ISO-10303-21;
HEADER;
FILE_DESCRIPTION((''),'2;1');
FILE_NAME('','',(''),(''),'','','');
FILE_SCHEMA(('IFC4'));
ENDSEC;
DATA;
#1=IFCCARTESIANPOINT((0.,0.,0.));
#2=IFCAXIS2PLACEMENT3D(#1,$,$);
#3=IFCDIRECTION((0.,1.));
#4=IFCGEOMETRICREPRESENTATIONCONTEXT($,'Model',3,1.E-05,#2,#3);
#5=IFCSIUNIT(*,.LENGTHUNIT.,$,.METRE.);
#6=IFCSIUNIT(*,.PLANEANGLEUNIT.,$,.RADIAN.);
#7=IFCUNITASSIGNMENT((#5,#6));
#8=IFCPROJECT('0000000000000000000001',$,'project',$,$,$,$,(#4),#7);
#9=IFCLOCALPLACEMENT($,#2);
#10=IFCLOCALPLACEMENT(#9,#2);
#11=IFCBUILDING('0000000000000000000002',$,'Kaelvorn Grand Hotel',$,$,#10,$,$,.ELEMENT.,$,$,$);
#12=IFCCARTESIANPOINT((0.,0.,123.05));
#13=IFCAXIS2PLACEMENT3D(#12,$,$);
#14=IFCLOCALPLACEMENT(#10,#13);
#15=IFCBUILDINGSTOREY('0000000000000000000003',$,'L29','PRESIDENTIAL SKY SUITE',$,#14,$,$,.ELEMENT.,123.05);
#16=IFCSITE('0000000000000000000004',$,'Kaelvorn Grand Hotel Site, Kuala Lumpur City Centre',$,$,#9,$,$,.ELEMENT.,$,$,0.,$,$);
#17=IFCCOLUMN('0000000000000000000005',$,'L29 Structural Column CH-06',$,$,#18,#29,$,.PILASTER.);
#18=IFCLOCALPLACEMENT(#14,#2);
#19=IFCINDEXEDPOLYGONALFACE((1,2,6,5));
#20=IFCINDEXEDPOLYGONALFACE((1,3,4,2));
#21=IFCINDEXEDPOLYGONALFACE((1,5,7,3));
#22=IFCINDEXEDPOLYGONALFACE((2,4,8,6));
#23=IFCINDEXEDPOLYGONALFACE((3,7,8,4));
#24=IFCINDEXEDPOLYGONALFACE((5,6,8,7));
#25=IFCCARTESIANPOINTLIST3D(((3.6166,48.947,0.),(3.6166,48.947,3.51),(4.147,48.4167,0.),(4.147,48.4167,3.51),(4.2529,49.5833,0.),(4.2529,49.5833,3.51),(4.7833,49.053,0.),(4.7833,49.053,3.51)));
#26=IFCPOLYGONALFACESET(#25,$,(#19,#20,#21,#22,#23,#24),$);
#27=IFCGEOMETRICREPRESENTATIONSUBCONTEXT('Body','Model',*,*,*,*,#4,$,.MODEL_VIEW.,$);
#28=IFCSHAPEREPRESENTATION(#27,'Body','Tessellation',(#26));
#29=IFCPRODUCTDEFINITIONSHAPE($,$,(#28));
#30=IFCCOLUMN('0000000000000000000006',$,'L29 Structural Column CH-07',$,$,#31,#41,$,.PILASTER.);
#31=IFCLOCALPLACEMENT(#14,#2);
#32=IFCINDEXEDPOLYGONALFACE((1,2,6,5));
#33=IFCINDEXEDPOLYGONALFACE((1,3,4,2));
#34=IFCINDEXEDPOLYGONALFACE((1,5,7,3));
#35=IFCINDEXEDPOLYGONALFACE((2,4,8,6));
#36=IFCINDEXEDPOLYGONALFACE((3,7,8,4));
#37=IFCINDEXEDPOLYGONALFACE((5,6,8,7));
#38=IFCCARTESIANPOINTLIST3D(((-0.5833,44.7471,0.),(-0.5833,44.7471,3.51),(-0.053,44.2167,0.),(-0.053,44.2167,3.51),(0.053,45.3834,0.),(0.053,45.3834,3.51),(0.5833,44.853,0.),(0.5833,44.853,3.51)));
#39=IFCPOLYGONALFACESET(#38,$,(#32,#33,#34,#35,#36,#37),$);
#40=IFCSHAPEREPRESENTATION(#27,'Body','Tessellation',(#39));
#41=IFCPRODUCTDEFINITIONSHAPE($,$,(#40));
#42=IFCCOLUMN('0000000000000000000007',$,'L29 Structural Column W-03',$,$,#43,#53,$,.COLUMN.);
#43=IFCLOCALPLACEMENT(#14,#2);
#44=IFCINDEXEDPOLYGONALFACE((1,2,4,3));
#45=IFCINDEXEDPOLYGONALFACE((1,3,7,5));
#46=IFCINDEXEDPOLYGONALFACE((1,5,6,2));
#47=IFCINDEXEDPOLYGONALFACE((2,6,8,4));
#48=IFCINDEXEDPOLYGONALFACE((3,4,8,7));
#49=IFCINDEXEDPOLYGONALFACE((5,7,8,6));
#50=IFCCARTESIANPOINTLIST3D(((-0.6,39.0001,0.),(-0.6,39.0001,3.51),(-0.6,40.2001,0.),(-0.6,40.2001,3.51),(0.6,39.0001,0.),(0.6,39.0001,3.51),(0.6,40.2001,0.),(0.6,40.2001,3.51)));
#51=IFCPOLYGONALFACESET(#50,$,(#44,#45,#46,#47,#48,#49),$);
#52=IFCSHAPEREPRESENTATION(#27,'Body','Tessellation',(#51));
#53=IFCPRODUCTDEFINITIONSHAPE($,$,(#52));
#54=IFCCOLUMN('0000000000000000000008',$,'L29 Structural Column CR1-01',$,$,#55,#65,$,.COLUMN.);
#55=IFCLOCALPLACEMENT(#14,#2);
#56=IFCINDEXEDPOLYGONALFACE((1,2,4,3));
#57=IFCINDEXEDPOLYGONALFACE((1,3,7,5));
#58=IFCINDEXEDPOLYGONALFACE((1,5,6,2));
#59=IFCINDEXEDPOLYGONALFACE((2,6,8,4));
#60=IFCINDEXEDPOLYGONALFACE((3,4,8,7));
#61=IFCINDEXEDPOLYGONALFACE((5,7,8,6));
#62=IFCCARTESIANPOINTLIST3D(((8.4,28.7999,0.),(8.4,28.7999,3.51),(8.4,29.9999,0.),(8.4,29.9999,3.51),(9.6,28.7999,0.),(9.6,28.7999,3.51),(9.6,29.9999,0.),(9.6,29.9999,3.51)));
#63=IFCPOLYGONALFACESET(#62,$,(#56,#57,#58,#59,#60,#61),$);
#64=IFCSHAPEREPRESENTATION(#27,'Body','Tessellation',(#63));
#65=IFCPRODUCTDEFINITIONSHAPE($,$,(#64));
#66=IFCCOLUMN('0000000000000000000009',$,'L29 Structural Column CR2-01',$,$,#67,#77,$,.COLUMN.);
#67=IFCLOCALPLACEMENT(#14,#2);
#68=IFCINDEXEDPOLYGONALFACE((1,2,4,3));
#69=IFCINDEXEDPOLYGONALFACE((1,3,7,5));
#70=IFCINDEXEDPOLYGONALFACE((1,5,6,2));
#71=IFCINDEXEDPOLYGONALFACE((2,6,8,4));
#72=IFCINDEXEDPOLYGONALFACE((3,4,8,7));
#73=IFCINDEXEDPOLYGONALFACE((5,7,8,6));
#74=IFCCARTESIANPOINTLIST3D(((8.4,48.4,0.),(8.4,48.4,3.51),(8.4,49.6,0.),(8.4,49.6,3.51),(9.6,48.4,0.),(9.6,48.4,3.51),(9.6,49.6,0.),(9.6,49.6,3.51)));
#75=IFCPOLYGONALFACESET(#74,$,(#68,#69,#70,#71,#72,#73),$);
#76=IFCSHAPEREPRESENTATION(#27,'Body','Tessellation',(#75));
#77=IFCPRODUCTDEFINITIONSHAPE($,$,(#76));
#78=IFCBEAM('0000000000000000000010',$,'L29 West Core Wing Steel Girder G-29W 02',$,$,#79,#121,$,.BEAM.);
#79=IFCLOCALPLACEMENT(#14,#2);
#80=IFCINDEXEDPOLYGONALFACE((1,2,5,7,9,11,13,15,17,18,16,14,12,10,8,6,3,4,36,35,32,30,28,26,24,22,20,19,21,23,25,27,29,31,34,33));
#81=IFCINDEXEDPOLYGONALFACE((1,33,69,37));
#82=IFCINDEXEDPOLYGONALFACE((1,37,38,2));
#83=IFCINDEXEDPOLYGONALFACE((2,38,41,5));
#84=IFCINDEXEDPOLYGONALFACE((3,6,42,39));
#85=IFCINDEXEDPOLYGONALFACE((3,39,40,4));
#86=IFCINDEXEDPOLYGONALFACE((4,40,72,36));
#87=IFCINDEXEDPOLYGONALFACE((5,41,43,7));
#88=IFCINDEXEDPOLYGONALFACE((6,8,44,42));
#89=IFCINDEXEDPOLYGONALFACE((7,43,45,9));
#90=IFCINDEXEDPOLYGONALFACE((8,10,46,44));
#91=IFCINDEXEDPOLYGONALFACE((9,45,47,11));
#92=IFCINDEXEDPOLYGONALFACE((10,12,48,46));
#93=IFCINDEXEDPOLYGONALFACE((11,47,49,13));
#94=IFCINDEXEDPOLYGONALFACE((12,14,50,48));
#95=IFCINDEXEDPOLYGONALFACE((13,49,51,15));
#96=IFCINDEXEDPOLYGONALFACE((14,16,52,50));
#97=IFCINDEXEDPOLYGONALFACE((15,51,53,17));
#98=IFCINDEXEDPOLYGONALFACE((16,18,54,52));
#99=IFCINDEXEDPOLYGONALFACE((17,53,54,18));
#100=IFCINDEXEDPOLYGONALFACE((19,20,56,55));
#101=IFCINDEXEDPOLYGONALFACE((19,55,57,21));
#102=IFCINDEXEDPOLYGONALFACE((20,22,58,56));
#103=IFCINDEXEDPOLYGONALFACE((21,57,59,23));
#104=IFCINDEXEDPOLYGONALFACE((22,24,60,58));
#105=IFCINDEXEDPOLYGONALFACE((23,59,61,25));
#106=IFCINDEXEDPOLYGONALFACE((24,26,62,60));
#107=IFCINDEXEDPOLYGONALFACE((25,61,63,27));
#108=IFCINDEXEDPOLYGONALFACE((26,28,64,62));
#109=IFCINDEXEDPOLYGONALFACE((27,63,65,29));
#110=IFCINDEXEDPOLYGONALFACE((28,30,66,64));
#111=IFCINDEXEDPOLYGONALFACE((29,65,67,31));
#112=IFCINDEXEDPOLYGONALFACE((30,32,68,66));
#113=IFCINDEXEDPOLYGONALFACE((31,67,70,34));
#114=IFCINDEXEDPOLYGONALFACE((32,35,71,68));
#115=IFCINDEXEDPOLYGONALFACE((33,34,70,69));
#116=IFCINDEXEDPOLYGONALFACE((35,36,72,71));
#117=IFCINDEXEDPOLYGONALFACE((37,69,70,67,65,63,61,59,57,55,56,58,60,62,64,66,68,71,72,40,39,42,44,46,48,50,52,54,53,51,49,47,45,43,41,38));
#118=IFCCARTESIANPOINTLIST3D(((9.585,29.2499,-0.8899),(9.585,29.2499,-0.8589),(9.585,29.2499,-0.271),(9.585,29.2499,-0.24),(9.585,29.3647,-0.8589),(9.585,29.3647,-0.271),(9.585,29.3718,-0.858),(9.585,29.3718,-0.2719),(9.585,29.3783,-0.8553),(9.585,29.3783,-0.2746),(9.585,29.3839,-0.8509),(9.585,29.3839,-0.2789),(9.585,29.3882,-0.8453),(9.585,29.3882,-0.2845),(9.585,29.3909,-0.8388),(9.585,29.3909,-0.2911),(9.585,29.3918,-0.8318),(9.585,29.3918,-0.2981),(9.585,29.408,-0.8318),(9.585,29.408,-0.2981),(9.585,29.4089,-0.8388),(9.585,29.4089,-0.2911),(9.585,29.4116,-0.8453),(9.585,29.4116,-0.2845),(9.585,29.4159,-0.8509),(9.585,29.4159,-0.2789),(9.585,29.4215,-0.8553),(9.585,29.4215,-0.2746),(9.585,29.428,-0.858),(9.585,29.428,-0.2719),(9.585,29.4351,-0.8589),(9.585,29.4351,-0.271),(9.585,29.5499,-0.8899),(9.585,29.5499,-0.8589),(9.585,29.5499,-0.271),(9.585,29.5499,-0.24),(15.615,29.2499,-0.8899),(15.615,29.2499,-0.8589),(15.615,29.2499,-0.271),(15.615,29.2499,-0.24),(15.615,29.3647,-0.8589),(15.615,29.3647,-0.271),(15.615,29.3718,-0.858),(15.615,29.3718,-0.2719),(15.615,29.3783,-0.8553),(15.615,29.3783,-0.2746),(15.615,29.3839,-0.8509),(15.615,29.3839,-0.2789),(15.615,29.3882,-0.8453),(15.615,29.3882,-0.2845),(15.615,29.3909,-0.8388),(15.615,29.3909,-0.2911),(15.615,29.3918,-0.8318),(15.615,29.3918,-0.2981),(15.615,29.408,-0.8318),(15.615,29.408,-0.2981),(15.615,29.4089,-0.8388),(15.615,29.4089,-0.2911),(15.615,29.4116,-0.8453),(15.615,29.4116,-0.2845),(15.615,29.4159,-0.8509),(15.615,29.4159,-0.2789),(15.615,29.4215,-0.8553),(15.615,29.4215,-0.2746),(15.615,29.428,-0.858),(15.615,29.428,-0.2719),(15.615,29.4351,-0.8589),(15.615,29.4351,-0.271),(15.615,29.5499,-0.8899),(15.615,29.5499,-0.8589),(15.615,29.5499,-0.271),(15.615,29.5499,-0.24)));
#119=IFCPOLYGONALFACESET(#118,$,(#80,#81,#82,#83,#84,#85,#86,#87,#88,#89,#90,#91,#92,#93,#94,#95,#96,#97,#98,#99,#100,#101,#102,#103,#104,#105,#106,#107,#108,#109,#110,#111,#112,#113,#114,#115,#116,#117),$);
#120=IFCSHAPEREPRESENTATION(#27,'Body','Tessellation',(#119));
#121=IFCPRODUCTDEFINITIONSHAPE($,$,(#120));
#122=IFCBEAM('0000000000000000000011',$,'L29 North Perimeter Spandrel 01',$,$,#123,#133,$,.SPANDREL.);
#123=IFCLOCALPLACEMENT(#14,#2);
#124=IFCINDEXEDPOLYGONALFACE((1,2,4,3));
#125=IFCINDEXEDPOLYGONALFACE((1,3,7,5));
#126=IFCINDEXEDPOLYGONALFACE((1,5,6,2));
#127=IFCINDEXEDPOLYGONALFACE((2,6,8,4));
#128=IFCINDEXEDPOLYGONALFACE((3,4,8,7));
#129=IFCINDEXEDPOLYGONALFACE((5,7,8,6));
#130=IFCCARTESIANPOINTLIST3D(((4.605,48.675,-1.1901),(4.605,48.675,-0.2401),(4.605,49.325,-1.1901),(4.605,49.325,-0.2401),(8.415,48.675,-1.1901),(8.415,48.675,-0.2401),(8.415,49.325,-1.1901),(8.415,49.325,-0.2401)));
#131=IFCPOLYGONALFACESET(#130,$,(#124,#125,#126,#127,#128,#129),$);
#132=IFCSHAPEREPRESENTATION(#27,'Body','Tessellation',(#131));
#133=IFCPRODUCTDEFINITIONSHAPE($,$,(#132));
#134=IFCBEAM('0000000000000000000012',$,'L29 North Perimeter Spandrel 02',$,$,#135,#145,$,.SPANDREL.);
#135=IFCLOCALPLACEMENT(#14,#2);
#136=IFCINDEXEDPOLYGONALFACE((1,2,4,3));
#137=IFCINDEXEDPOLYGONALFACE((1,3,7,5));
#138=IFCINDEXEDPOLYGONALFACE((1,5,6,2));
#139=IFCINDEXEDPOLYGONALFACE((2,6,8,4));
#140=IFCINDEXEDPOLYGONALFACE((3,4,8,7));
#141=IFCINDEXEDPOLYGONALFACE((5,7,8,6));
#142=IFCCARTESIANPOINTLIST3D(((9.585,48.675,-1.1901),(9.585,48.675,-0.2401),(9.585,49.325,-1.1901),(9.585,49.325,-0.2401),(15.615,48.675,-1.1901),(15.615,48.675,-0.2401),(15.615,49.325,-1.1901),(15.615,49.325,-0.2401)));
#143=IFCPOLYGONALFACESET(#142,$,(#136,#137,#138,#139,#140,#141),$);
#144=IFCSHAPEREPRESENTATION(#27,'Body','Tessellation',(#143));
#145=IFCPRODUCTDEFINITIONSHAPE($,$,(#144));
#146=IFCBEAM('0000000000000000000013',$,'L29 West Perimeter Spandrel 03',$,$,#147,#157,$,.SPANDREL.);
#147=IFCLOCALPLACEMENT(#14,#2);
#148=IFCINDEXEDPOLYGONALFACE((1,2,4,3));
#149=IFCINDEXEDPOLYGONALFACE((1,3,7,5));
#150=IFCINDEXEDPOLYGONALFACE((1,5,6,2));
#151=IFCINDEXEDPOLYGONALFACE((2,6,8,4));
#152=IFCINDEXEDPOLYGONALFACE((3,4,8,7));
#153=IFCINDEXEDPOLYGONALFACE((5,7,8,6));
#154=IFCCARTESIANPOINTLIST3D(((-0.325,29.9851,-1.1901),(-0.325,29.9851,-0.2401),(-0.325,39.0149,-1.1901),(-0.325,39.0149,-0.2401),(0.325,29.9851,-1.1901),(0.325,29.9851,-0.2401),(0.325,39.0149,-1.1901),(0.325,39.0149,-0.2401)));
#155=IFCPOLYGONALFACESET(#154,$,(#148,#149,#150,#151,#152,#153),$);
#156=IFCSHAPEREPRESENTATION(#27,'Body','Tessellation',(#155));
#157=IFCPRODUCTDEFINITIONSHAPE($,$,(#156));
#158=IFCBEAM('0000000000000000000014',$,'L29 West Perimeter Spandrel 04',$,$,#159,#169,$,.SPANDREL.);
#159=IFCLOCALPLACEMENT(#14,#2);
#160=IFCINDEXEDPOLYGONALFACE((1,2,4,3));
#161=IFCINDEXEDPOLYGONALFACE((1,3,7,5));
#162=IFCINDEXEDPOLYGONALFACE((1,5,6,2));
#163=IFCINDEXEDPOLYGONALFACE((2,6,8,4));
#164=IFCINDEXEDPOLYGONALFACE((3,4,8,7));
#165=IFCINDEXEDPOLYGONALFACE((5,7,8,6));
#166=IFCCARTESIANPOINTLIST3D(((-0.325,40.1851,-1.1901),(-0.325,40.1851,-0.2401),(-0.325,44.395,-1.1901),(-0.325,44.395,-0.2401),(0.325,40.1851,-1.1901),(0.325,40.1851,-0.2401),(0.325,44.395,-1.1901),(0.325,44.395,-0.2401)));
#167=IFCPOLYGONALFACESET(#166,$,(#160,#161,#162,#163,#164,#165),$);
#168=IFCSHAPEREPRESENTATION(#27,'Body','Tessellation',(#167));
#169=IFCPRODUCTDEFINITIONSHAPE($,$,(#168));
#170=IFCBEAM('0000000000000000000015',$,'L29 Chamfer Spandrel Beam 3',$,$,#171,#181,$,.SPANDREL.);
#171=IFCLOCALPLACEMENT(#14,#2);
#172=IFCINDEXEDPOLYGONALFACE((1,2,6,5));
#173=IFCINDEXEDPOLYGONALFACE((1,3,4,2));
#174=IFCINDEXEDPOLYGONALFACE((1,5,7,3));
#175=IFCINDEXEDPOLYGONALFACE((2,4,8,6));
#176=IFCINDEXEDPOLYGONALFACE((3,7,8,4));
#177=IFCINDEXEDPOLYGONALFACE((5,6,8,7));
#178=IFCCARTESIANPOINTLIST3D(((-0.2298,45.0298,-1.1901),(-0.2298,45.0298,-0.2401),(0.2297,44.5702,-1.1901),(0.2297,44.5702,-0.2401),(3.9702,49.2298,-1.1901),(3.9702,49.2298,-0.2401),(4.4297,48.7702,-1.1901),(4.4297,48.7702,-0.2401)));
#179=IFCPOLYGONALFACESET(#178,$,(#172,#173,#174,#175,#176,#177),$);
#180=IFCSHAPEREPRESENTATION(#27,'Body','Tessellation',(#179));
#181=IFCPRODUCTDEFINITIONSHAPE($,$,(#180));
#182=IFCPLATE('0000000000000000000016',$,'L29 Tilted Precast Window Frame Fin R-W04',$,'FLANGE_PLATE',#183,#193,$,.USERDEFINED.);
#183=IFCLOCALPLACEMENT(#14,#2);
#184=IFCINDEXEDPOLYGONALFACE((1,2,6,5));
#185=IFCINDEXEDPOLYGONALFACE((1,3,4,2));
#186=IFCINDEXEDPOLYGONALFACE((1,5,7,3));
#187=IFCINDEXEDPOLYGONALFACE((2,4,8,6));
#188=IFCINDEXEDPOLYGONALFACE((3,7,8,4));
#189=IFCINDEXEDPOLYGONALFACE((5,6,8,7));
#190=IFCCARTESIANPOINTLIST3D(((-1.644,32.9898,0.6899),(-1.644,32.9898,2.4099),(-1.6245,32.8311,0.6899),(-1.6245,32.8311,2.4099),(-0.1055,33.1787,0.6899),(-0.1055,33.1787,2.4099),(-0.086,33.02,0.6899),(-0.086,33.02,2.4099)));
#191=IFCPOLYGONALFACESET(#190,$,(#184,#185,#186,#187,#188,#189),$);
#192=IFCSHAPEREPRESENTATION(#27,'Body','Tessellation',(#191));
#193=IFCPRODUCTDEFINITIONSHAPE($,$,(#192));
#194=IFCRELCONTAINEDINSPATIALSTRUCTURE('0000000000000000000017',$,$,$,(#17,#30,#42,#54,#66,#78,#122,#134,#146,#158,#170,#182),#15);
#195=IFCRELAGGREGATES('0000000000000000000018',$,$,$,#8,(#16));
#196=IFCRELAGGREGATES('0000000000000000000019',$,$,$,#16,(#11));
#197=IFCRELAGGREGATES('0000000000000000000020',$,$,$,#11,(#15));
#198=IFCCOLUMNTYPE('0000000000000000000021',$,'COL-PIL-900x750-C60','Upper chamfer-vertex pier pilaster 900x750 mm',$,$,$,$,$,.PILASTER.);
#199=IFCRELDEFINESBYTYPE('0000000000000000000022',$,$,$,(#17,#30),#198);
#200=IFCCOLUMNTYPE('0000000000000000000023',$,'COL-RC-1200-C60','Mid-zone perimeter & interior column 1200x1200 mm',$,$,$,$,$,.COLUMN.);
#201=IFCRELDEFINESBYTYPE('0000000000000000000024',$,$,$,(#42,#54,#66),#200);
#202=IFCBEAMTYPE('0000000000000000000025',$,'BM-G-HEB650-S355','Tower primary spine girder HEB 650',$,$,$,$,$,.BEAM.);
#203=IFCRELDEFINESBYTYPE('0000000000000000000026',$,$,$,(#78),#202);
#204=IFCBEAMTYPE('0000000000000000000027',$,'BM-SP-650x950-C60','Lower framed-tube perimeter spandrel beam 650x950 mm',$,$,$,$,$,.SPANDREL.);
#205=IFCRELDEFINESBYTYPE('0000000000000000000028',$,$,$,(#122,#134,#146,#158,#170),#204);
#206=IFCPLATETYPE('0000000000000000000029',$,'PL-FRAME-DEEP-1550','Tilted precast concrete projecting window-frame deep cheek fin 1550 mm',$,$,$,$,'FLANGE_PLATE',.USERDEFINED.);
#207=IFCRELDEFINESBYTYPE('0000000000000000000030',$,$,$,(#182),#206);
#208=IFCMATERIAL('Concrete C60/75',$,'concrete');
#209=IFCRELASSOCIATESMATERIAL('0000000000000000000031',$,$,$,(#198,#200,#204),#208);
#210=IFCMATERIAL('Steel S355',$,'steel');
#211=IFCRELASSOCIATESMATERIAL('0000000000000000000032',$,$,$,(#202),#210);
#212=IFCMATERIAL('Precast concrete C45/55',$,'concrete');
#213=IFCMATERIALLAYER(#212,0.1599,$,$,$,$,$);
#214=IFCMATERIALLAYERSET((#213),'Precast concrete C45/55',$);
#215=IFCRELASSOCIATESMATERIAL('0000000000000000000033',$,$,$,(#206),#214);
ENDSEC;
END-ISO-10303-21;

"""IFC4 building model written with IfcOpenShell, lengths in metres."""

from ifc_helpers import new_model, si_unit, direction, frame, origin, origin_2d, place, context, subcontext, project, spatial, rectangle, i_section, extrude, material, layer, layer_set, material_profile, profile_set, type_object, element, save


model = new_model("IFC4")

# Units and contexts
model_context = context("Model", 3, precision=1e-05, world=origin(), true_north=direction((0.0, 1.0)))
body_context = subcontext(model_context, "Body", "Model", "MODEL_VIEW")
ifc_project = project(units=[si_unit("LENGTHUNIT", "METRE"), si_unit("PLANEANGLEUNIT", "RADIAN")], contexts=[model_context])

# Site, building, storey
site_placement = place(None, origin())
site = spatial("IfcSite", under=ifc_project, at=site_placement, Name="Kaelvorn Grand Hotel Site, Kuala Lumpur City Centre", CompositionType="ELEMENT", RefElevation=0.0)
building_placement = place(site_placement, origin())
building = spatial("IfcBuilding", under=site, at=building_placement, Name="Kaelvorn Grand Hotel", CompositionType="ELEMENT")
storey_placement = place(building_placement, frame((0.0, 0.0, 123.05)))
storey = spatial("IfcBuildingStorey", under=building, at=storey_placement, Name="L29", Description="PRESIDENTIAL SKY SUITE", CompositionType="ELEMENT", Elevation=123.05)

# Columns
ifc_material_1 = material(Name="Concrete C60/75", Category="concrete")
ifc_material_profile_1 = material_profile(ifc_material_1, rectangle(XDim=0.8999, YDim=0.75, at=origin_2d()), Name="RC PILASTER 900x750")
ifc_profile_set_1 = profile_set([ifc_material_profile_1], Name="Concrete C60/75")
column_type_1 = type_object("IfcColumnType", Name="COL-PIL-900x750-C60", Description="Upper chamfer-vertex pier pilaster 900x750 mm", PredefinedType="PILASTER", material=ifc_profile_set_1)
for number, where, z_axis, x_axis, name in (
    (1, (4.2, 49.0, 0.0), (0.0, 0.0, 1.0), (0.707107, 0.707107, 0.0), "L29 Structural Column CH-06"),
    (2, (0.0, 44.8, 0.0), (0.0, 0.0, 1.0), (0.707107, 0.707107, 0.0), "L29 Structural Column CH-07"),
):
    element("IfcColumn", number, at=place(storey_placement, frame(where, z_axis=z_axis, x_axis=x_axis)), inside=storey, type_object=column_type_1, Name=name, PredefinedType="PILASTER", context=body_context, shape_type="SweptSolid", body=[
        extrude(rectangle(XDim=0.8999, YDim=0.75, at=origin_2d()), origin(), (0.0, 0.0, 1.0), 3.51),
    ])
ifc_material_profile_2 = material_profile(ifc_material_1, rectangle(XDim=1.2, YDim=1.2, at=origin_2d()), Name="RC COL 1200x1200")
ifc_profile_set_2 = profile_set([ifc_material_profile_2], Name="Concrete C60/75")
column_type_2 = type_object("IfcColumnType", Name="COL-RC-1200-C60", Description="Mid-zone perimeter & interior column 1200x1200 mm", PredefinedType="COLUMN", material=ifc_profile_set_2)
for number, where, z_axis, x_axis, name in (
    (3, (0.0, 39.6001, 0.0), (0.0, 0.0, 1.0), (1.0, 0.0, 0.0), "L29 Structural Column W-03"),
    (4, (9.0, 29.3999, 0.0), (0.0, 0.0, 1.0), (1.0, 0.0, 0.0), "L29 Structural Column CR1-01"),
    (5, (9.0, 49.0, 0.0), (0.0, 0.0, 1.0), (1.0, 0.0, 0.0), "L29 Structural Column CR2-01"),
):
    element("IfcColumn", number, at=place(storey_placement, frame(where, z_axis=z_axis, x_axis=x_axis)), inside=storey, type_object=column_type_2, Name=name, PredefinedType="COLUMN", context=body_context, shape_type="SweptSolid", body=[
        extrude(rectangle(XDim=1.2, YDim=1.2, at=origin_2d()), origin(), (0.0, 0.0, 1.0), 3.51),
    ])

# Beams
ifc_material_2 = material(Name="Steel S355", Category="steel")
ifc_material_profile_3 = material_profile(ifc_material_2, i_section(OverallWidth=0.3, OverallDepth=0.6499, WebThickness=0.0161, FlangeThickness=0.031, FilletRadius=0.0271, at=origin_2d()), Name="HEB 650")
ifc_profile_set_3 = profile_set([ifc_material_profile_3], Name="Steel S355")
beam_type_1 = type_object("IfcBeamType", Name="BM-G-HEB650-S355", Description="Tower primary spine girder HEB 650", PredefinedType="BEAM", material=ifc_profile_set_3)
beam_1_placement = place(storey_placement, frame((9.585, 29.3999, -0.5649), z_axis=(1.0, 0.0, 0.0), x_axis=(0.0, 1.0, 0.0)))
element("IfcBeam", 6, at=beam_1_placement, inside=storey, type_object=beam_type_1, Name="L29 West Core Wing Steel Girder G-29W 02", PredefinedType="BEAM", context=body_context, shape_type="SweptSolid", body=[
    extrude(i_section(OverallWidth=0.3, OverallDepth=0.6499, WebThickness=0.0161, FlangeThickness=0.031, FilletRadius=0.0271, at=origin_2d()), origin(), (0.0, 0.0, 1.0), 6.03),
])
ifc_material_profile_4 = material_profile(ifc_material_1, rectangle(XDim=0.6499, YDim=0.95, at=origin_2d()), Name="RC SPANDREL 650x950")
ifc_profile_set_4 = profile_set([ifc_material_profile_4], Name="Concrete C60/75")
beam_type_2 = type_object("IfcBeamType", Name="BM-SP-650x950-C60", Description="Lower framed-tube perimeter spandrel beam 650x950 mm", PredefinedType="SPANDREL", material=ifc_profile_set_4)
beam_2_placement = place(storey_placement, frame((4.605, 49.0, -0.7151), z_axis=(1.0, 0.0, 0.0), x_axis=(0.0, 1.0, 0.0)))
element("IfcBeam", 7, at=beam_2_placement, inside=storey, type_object=beam_type_2, Name="L29 North Perimeter Spandrel 01", PredefinedType="SPANDREL", context=body_context, shape_type="SweptSolid", body=[
    extrude(rectangle(XDim=0.6499, YDim=0.95, at=origin_2d()), origin(), (0.0, 0.0, 1.0), 3.8101),
])
beam_3_placement = place(storey_placement, frame((9.585, 49.0, -0.7151), z_axis=(1.0, 0.0, 0.0), x_axis=(0.0, 1.0, 0.0)))
element("IfcBeam", 8, at=beam_3_placement, inside=storey, type_object=beam_type_2, Name="L29 North Perimeter Spandrel 02", PredefinedType="SPANDREL", context=body_context, shape_type="SweptSolid", body=[
    extrude(rectangle(XDim=0.6499, YDim=0.95, at=origin_2d()), origin(), (0.0, 0.0, 1.0), 6.03),
])
beam_4_placement = place(storey_placement, frame((0.0, 29.9851, -0.7151), z_axis=(0.0, 1.0, 0.0), x_axis=(-1.0, 0.0, 0.0)))
element("IfcBeam", 9, at=beam_4_placement, inside=storey, type_object=beam_type_2, Name="L29 West Perimeter Spandrel 03", PredefinedType="SPANDREL", context=body_context, shape_type="SweptSolid", body=[
    extrude(rectangle(XDim=0.6499, YDim=0.95, at=origin_2d()), origin(), (0.0, 0.0, 1.0), 9.0298),
])
beam_5_placement = place(storey_placement, frame((0.0, 40.1851, -0.7151), z_axis=(0.0, 1.0, 0.0), x_axis=(-1.0, 0.0, 0.0)))
element("IfcBeam", 10, at=beam_5_placement, inside=storey, type_object=beam_type_2, Name="L29 West Perimeter Spandrel 04", PredefinedType="SPANDREL", context=body_context, shape_type="SweptSolid", body=[
    extrude(rectangle(XDim=0.6499, YDim=0.95, at=origin_2d()), origin(), (0.0, 0.0, 1.0), 4.21),
])
beam_6_placement = place(storey_placement, frame((4.2, 49.0, -0.7151), z_axis=(-0.707107, -0.707107, 0.0), x_axis=(0.707107, -0.707107, 0.0)))
element("IfcBeam", 11, at=beam_6_placement, inside=storey, type_object=beam_type_2, Name="L29 Chamfer Spandrel Beam 3", PredefinedType="SPANDREL", context=body_context, shape_type="SweptSolid", body=[
    extrude(rectangle(XDim=0.6499, YDim=0.95, at=origin_2d()), origin(), (0.0, 0.0, 1.0), 5.9397),
])

# Plate
ifc_material_3 = material(Name="Precast concrete C45/55", Category="concrete")
ifc_layer_1 = layer(ifc_material_3, 0.1599)
ifc_layer_set_1 = layer_set([ifc_layer_1], Name="Precast concrete C45/55")
plate_type_1 = type_object("IfcPlateType", Name="PL-FRAME-DEEP-1550", Description="Tilted precast concrete projecting window-frame deep cheek fin 1550 mm", ElementType="FLANGE_PLATE", PredefinedType="USERDEFINED", material=ifc_layer_set_1)
for number, where, z_axis, x_axis, name in (
    (12, (-0.865, 33.0049, 0.6899), (0.0, 0.0, 1.0), (-0.121869, 0.992546, 0.0), "L29 Tilted Precast Window Frame Fin R-W04"),
):
    element("IfcPlate", number, at=place(storey_placement, frame(where, z_axis=z_axis, x_axis=x_axis)), inside=storey, type_object=plate_type_1, Name=name, ObjectType="FLANGE_PLATE", PredefinedType="USERDEFINED", context=body_context, shape_type="SweptSolid", body=[
        extrude(rectangle(XDim=0.1599, YDim=1.55, at=origin_2d()), origin(), (0.0, 0.0, 1.0), 1.72),
    ])

save(model, "model.ifc")
